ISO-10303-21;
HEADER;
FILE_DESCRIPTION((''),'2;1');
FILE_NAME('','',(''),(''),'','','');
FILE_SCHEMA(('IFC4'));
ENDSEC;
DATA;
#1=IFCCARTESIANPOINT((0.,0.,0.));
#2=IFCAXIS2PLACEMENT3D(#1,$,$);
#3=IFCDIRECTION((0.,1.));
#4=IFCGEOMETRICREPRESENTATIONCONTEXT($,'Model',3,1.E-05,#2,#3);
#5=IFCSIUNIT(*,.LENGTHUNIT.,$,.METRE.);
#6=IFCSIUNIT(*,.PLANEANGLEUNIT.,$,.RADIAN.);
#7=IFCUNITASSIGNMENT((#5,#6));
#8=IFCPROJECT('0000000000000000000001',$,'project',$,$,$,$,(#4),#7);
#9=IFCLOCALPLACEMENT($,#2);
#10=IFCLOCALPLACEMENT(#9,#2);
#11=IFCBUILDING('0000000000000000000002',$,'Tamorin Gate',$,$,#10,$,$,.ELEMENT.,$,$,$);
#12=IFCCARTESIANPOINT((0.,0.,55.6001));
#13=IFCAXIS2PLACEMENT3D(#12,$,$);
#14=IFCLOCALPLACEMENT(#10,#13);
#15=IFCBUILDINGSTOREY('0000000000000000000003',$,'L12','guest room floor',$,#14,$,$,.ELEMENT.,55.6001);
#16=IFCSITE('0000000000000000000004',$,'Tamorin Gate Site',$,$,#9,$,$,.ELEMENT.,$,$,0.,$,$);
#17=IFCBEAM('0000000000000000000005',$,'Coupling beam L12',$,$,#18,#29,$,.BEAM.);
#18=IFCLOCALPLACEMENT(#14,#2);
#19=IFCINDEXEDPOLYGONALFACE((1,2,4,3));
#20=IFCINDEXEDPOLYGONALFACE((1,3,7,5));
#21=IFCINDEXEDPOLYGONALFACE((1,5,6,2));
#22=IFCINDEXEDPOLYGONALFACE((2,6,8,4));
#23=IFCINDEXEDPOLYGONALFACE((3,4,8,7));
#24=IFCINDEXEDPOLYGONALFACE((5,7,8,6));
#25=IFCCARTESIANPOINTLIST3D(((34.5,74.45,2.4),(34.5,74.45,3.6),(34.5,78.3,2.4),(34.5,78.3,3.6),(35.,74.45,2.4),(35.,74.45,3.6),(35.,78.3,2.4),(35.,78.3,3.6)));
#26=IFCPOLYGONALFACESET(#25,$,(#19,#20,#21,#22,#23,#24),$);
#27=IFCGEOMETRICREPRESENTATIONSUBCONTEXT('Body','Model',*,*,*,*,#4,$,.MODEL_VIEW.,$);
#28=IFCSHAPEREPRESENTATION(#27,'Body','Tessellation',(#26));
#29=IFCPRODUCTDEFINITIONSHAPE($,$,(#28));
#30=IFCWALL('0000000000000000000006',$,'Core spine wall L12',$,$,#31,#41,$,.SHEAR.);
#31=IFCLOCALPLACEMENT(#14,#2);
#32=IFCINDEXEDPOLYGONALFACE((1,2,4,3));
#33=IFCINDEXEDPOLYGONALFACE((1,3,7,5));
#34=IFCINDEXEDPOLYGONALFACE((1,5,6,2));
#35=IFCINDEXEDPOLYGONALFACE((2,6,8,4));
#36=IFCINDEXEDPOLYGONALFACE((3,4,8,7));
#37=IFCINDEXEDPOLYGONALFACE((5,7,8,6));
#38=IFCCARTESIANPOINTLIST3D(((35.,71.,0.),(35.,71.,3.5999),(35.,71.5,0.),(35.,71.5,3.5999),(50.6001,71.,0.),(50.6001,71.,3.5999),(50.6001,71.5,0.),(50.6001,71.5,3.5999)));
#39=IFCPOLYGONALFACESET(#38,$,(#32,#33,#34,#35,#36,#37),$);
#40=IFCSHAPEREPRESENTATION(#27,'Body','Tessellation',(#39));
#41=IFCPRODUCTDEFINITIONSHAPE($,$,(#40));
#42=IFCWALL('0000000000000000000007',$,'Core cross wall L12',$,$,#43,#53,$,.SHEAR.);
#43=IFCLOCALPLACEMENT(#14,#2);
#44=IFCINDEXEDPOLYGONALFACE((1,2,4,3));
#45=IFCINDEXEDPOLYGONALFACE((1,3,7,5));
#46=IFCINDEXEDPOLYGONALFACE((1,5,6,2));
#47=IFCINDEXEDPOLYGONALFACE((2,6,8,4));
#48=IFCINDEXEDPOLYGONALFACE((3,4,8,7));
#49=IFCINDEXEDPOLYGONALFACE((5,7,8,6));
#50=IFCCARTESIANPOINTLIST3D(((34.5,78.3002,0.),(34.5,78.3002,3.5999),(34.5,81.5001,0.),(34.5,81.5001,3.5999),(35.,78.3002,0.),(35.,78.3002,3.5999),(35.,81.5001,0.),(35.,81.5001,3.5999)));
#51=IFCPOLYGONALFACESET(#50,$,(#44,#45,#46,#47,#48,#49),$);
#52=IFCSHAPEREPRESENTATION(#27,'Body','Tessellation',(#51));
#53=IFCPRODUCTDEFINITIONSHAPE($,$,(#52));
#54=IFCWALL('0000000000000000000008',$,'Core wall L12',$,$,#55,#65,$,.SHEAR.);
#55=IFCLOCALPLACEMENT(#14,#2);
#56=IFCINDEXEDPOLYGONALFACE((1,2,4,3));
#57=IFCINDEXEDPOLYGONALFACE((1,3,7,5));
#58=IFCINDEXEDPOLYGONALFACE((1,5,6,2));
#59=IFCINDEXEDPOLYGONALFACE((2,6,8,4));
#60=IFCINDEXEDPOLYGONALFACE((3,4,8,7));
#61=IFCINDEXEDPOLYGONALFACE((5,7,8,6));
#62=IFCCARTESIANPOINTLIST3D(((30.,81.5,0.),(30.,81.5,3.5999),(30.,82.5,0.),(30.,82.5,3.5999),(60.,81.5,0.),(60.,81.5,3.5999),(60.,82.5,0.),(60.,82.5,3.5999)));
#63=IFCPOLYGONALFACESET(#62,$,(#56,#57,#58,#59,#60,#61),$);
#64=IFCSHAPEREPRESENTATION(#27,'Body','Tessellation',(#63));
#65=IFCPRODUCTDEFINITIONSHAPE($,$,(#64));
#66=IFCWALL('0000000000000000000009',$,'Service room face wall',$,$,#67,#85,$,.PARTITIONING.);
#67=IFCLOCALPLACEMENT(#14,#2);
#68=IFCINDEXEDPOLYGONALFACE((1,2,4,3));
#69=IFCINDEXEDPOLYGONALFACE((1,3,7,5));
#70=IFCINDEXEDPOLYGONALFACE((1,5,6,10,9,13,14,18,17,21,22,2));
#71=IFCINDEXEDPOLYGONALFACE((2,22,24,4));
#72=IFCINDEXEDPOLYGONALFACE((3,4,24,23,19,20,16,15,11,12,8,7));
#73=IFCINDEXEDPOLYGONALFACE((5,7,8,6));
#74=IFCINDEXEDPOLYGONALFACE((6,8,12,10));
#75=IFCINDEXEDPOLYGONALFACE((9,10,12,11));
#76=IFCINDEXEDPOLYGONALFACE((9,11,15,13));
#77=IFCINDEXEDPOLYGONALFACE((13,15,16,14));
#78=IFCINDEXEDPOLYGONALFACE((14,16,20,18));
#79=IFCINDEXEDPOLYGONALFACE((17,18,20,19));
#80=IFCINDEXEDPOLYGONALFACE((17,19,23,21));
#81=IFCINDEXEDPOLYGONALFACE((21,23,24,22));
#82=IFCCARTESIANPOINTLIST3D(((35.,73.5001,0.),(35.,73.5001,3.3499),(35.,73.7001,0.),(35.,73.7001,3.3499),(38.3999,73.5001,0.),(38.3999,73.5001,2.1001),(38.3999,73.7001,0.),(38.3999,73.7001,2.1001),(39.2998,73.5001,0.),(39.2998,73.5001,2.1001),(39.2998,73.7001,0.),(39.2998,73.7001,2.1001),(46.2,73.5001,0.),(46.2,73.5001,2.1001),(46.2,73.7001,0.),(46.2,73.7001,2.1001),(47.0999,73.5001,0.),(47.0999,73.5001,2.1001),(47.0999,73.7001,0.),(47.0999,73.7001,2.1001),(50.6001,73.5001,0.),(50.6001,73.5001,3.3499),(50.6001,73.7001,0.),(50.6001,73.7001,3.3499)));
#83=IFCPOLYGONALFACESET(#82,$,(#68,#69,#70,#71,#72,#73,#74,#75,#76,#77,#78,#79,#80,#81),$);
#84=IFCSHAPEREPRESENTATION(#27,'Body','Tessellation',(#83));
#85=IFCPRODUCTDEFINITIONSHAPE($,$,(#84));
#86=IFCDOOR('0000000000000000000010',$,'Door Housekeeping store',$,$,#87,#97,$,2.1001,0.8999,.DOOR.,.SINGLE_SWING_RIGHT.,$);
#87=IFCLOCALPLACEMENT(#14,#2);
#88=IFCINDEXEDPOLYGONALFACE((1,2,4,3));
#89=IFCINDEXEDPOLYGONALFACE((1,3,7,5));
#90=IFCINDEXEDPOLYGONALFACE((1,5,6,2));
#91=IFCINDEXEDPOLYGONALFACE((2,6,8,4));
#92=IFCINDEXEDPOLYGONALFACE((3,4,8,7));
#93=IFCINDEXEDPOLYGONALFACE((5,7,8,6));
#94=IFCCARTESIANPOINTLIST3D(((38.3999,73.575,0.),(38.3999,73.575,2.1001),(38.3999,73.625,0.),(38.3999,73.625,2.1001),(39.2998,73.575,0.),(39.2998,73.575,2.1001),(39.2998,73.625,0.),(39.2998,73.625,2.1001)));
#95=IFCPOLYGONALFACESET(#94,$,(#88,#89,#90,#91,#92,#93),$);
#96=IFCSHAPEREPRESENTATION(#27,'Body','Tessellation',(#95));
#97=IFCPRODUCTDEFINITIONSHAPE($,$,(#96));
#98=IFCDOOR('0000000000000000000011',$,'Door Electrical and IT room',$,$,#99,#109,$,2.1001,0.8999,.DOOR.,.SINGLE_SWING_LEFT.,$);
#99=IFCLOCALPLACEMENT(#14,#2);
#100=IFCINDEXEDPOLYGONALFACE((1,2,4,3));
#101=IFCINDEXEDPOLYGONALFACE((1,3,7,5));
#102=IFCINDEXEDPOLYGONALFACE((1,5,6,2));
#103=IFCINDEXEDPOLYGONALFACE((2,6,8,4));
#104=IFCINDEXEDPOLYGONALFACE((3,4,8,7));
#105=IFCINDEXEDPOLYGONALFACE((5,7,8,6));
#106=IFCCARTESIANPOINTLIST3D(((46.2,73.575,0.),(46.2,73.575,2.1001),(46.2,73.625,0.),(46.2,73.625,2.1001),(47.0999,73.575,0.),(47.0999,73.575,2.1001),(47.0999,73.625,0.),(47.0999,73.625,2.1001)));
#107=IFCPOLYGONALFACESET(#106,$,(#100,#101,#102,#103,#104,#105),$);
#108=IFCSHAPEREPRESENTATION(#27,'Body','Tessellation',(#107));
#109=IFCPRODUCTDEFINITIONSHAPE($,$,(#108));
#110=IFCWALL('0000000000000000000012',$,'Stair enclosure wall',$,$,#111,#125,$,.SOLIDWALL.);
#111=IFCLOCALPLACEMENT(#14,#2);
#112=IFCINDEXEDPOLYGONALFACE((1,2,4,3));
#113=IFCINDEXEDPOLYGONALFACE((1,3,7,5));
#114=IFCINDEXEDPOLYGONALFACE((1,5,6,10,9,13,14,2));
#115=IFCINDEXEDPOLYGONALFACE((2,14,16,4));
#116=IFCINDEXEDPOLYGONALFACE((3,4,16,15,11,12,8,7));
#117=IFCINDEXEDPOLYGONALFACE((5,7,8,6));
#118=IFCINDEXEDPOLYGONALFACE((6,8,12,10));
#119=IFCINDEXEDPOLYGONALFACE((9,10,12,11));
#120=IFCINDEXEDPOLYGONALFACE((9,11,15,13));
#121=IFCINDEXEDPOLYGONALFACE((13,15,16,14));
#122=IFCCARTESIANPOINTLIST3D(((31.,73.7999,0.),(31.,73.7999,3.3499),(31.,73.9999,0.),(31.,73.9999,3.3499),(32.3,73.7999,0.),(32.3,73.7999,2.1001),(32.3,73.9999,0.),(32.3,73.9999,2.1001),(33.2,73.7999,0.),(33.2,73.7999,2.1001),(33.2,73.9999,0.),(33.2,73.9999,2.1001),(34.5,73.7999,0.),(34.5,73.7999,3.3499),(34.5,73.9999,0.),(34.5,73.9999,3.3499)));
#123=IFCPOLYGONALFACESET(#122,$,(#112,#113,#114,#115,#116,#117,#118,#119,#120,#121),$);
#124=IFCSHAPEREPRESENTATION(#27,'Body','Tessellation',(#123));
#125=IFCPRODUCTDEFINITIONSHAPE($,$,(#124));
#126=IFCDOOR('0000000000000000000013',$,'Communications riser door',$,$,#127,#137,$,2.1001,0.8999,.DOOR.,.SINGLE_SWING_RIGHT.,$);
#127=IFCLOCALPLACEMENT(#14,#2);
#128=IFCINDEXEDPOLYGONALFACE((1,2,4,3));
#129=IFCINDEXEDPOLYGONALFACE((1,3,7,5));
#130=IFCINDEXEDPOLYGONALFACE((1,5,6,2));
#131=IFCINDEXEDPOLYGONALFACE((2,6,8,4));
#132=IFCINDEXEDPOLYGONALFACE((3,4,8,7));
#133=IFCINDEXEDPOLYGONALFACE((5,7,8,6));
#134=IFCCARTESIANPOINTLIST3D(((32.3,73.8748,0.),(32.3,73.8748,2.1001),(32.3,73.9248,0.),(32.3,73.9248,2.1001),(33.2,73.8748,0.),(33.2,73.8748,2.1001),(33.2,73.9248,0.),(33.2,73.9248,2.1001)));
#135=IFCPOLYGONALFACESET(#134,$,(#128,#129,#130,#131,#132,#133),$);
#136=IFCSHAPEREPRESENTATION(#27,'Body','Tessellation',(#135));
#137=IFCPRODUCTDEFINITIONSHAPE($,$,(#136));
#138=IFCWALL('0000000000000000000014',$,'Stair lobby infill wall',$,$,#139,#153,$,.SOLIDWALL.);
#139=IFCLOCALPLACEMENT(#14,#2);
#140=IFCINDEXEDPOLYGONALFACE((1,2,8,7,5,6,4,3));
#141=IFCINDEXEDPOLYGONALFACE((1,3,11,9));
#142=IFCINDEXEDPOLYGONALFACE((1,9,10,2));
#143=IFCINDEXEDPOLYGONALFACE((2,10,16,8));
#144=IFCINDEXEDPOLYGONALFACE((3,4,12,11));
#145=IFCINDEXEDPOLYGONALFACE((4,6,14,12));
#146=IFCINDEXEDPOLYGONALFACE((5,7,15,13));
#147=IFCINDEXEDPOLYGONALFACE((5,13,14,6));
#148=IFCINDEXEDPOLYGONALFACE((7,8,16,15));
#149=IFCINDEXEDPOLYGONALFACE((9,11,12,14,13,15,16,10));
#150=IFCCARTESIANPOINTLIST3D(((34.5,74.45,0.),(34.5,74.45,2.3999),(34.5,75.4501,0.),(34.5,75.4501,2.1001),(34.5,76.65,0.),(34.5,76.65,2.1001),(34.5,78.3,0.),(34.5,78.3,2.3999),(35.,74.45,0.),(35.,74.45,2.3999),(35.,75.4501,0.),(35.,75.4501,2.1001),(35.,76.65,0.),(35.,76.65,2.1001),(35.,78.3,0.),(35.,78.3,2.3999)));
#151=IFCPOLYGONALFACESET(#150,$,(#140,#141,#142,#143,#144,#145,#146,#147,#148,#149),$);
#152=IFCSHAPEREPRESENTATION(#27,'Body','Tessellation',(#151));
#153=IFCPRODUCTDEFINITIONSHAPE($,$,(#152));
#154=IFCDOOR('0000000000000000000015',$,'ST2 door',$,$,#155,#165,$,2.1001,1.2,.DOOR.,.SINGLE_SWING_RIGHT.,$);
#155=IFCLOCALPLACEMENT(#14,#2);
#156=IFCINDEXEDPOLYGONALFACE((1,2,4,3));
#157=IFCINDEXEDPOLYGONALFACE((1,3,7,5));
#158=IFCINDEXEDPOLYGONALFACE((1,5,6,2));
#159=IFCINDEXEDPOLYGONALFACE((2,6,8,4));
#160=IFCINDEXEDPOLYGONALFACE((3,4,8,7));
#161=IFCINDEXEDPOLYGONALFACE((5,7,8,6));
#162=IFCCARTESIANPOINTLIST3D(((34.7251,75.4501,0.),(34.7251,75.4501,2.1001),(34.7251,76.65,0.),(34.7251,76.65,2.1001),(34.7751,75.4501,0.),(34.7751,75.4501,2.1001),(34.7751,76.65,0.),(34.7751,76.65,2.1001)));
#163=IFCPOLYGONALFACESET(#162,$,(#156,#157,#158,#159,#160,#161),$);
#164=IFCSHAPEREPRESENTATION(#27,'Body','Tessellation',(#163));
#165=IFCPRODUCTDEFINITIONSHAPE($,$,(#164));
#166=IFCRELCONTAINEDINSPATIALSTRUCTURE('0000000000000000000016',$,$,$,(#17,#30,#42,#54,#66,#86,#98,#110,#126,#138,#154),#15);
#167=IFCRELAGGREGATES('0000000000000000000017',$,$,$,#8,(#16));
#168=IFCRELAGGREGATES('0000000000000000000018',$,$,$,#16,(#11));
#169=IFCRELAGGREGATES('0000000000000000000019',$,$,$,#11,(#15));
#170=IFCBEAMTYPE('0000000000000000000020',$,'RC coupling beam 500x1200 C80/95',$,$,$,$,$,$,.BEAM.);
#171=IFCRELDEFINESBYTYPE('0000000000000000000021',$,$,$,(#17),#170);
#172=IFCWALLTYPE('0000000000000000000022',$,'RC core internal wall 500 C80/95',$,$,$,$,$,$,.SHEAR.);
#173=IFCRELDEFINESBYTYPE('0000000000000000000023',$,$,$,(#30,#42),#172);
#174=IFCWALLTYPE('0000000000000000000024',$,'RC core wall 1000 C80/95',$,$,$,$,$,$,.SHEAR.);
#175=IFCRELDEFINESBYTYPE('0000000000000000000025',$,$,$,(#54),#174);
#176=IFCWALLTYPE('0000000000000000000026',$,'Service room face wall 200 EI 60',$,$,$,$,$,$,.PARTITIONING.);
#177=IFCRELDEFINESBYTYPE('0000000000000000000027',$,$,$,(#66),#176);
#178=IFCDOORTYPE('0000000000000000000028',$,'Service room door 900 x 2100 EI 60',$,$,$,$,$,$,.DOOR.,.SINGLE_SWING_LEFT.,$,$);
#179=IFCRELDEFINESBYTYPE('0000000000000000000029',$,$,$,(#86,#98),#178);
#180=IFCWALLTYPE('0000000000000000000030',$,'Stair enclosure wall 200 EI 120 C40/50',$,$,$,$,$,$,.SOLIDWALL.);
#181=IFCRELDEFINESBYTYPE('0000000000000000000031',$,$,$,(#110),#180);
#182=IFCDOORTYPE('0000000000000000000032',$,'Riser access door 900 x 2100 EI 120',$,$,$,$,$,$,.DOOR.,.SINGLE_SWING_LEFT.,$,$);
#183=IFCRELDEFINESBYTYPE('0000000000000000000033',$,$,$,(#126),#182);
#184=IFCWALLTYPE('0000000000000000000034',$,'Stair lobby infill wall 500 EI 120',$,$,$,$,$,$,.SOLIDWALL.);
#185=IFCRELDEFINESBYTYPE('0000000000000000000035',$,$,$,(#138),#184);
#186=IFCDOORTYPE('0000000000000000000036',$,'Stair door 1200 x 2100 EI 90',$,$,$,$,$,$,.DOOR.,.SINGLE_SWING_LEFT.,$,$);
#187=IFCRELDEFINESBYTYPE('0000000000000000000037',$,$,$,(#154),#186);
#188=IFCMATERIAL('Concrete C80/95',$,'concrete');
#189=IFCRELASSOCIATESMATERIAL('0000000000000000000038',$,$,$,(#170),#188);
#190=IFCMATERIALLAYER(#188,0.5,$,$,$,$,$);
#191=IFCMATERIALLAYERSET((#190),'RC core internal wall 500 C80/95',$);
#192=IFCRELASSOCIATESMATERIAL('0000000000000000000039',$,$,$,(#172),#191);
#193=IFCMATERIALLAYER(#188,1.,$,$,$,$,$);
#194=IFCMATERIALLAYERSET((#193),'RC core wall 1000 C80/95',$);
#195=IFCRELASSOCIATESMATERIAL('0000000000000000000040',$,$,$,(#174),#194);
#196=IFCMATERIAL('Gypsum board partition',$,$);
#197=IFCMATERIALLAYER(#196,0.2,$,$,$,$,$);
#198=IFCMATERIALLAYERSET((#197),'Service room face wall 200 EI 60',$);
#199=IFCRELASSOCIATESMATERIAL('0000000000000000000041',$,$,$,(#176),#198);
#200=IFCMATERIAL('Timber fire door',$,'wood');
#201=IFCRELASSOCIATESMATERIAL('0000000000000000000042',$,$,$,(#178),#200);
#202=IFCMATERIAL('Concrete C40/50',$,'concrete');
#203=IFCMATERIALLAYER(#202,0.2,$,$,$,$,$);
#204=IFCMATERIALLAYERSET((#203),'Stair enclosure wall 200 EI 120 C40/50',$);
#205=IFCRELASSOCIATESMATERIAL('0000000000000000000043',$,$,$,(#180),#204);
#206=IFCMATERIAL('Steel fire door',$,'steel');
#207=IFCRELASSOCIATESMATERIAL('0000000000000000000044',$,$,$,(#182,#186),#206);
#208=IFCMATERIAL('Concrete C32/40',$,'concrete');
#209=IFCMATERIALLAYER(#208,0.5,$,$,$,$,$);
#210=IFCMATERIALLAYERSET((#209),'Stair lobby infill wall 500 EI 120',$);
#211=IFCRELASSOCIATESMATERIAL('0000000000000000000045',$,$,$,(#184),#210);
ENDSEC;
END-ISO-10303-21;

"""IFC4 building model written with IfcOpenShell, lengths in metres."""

from ifc_helpers import new_model, si_unit, direction, frame, frame_2d, origin, origin_2d, place, context, subcontext, project, spatial, rectangle, extrude, material, layer, layer_set, material_profile, profile_set, type_object, element, fill, save


model = new_model("IFC4")

# Units and contexts
model_context = context("Model", 3, precision=1e-05, world=origin(), true_north=direction((0.0, 1.0)))
body_context = subcontext(model_context, "Body", "Model", "MODEL_VIEW")
ifc_project = project(units=[si_unit("LENGTHUNIT", "METRE"), si_unit("PLANEANGLEUNIT", "RADIAN")], contexts=[model_context])

# Site, building, storey
site_placement = place(None, origin())
site = spatial("IfcSite", under=ifc_project, at=site_placement, Name="Tamorin Gate Site", CompositionType="ELEMENT", RefElevation=0.0)
building_placement = place(site_placement, origin())
building = spatial("IfcBuilding", under=site, at=building_placement, Name="Tamorin Gate", CompositionType="ELEMENT")
storey_placement = place(building_placement, frame((0.0, 0.0, 55.6001)))
storey = spatial("IfcBuildingStorey", under=building, at=storey_placement, Name="L12", Description="guest room floor", CompositionType="ELEMENT", Elevation=55.6001)

# Beam
ifc_material_1 = material(Name="Concrete C80/95", Category="concrete")
ifc_material_profile = material_profile(ifc_material_1, rectangle(XDim=0.5, YDim=1.2, at=origin_2d()), Name="RC 500x1200")
ifc_profile_set = profile_set([ifc_material_profile], Name="Concrete C80/95")
beam_type = type_object("IfcBeamType", Name="RC coupling beam 500x1200 C80/95", PredefinedType="BEAM", material=ifc_profile_set)
beam_placement = place(storey_placement, frame((34.75, 74.45, 3.0), z_axis=(0.0, 1.0, 0.0), x_axis=(-1.0, 0.0, 0.0)))
element("IfcBeam", 1, at=beam_placement, inside=storey, type_object=beam_type, Name="Coupling beam L12", PredefinedType="BEAM", context=body_context, shape_type="SweptSolid", body=[
    extrude(rectangle(XDim=0.5, YDim=1.2, at=origin_2d()), origin(), (0.0, 0.0, 1.0), 3.8501),
])

# Walls
ifc_layer_1 = layer(ifc_material_1, 0.5)
ifc_layer_set_1 = layer_set([ifc_layer_1], Name="RC core internal wall 500 C80/95")
wall_type_1 = type_object("IfcWallType", Name="RC core internal wall 500 C80/95", PredefinedType="SHEAR", material=ifc_layer_set_1)
wall_1_placement = place(storey_placement, frame((35.0, 71.25, 0.0), z_axis=(0.0, 0.0, 1.0), x_axis=(1.0, 0.0, 0.0)))
element("IfcWall", 2, at=wall_1_placement, inside=storey, type_object=wall_type_1, Name="Core spine wall L12", PredefinedType="SHEAR", context=body_context, shape_type="SweptSolid", body=[
    extrude(rectangle(XDim=15.6001, YDim=0.5, at=frame_2d((7.8, 0.0))), origin(), (0.0, 0.0, 1.0), 3.5999),
])
wall_2_placement = place(storey_placement, frame((34.75, 78.3, 0.0), z_axis=(0.0, 0.0, 1.0), x_axis=(0.0, 1.0, 0.0)))
element("IfcWall", 3, at=wall_2_placement, inside=storey, type_object=wall_type_1, Name="Core cross wall L12", PredefinedType="SHEAR", context=body_context, shape_type="SweptSolid", body=[
    extrude(rectangle(XDim=3.2, YDim=0.5, at=frame_2d((1.6001, 0.0))), origin(), (0.0, 0.0, 1.0), 3.5999),
])
ifc_layer_2 = layer(ifc_material_1, 1.0)
ifc_layer_set_2 = layer_set([ifc_layer_2], Name="RC core wall 1000 C80/95")
wall_type_2 = type_object("IfcWallType", Name="RC core wall 1000 C80/95", PredefinedType="SHEAR", material=ifc_layer_set_2)
wall_3_placement = place(storey_placement, frame((30.0, 82.0, 0.0), z_axis=(0.0, 0.0, 1.0), x_axis=(1.0, 0.0, 0.0)))
element("IfcWall", 4, at=wall_3_placement, inside=storey, type_object=wall_type_2, Name="Core wall L12", PredefinedType="SHEAR", context=body_context, shape_type="SweptSolid", body=[
    extrude(rectangle(XDim=30.0, YDim=1.0, at=frame_2d((15.0, 0.0))), origin(), (0.0, 0.0, 1.0), 3.5999),
])

# Wall, openings, doors
ifc_material_2 = material(Name="Gypsum board partition")
ifc_layer_3 = layer(ifc_material_2, 0.2)
ifc_layer_set_3 = layer_set([ifc_layer_3], Name="Service room face wall 200 EI 60")
wall_type_3 = type_object("IfcWallType", Name="Service room face wall 200 EI 60", PredefinedType="PARTITIONING", material=ifc_layer_set_3)
wall_4_placement = place(storey_placement, frame((35.0, 73.6001, 0.0), z_axis=(0.0, 0.0, 1.0), x_axis=(1.0, 0.0, 0.0)))
wall_4 = element("IfcWall", 5, at=wall_4_placement, inside=storey, type_object=wall_type_3, Name="Service room face wall", PredefinedType="PARTITIONING", context=body_context, shape_type="SweptSolid", body=[
    extrude(rectangle(XDim=15.6001, YDim=0.2, at=frame_2d((7.8, 0.0))), origin(), (0.0, 0.0, 1.0), 3.3499),
])
opening_1_placement = place(wall_4_placement, frame((3.3999, 0.0, 0.0)))
opening_1 = element("IfcOpeningElement", 6, at=opening_1_placement, cuts=wall_4, PredefinedType="OPENING", context=body_context, shape_type="SweptSolid", body=[
    extrude(rectangle(XDim=0.8999, YDim=2.1001, at=frame_2d((0.45, 1.05))), frame((0.0, 0.1099, 0.0), z_axis=(0.0, -1.0, 0.0), x_axis=(1.0, 0.0, 0.0)), (0.0, 0.0, 1.0), 0.22),
])
opening_2_placement = place(wall_4_placement, frame((11.2, 0.0, 0.0)))
opening_2 = element("IfcOpeningElement", 7, at=opening_2_placement, cuts=wall_4, PredefinedType="OPENING", context=body_context, shape_type="SweptSolid", body=[
    extrude(rectangle(XDim=0.8999, YDim=2.1001, at=frame_2d((0.45, 1.05))), frame((0.0, 0.1099, 0.0), z_axis=(0.0, -1.0, 0.0), x_axis=(1.0, 0.0, 0.0)), (0.0, 0.0, 1.0), 0.22),
])
ifc_material_3 = material(Name="Timber fire door", Category="wood")
door_type_1 = type_object("IfcDoorType", Name="Service room door 900 x 2100 EI 60", OperationType="SINGLE_SWING_LEFT", PredefinedType="DOOR", material=ifc_material_3)
door_1_placement = place(opening_1_placement, origin())
door_1 = element("IfcDoor", 8, at=door_1_placement, inside=storey, type_object=door_type_1, Name="Door Housekeeping store", OperationType="SINGLE_SWING_RIGHT", OverallHeight=2.1001, OverallWidth=0.8999, PredefinedType="DOOR", context=body_context, shape_type="SweptSolid", body=[
    extrude(rectangle(XDim=0.8999, YDim=2.1001, at=frame_2d((0.45, 1.05))), frame((0.0, 0.0249, 0.0), z_axis=(0.0, -1.0, 0.0), x_axis=(1.0, 0.0, 0.0)), (0.0, 0.0, 1.0), 0.05),
])
fill(opening_1, door_1)
door_2_placement = place(opening_2_placement, origin())
door_2 = element("IfcDoor", 9, at=door_2_placement, inside=storey, type_object=door_type_1, Name="Door Electrical and IT room", OperationType="SINGLE_SWING_LEFT", OverallHeight=2.1001, OverallWidth=0.8999, PredefinedType="DOOR", context=body_context, shape_type="SweptSolid", body=[
    extrude(rectangle(XDim=0.8999, YDim=2.1001, at=frame_2d((0.45, 1.05))), frame((0.0, 0.0249, 0.0), z_axis=(0.0, -1.0, 0.0), x_axis=(1.0, 0.0, 0.0)), (0.0, 0.0, 1.0), 0.05),
])
fill(opening_2, door_2)

# Walls, openings, doors
ifc_material_4 = material(Name="Concrete C40/50", Category="concrete")
ifc_layer_4 = layer(ifc_material_4, 0.2)
ifc_layer_set_4 = layer_set([ifc_layer_4], Name="Stair enclosure wall 200 EI 120 C40/50")
wall_type_4 = type_object("IfcWallType", Name="Stair enclosure wall 200 EI 120 C40/50", PredefinedType="SOLIDWALL", material=ifc_layer_set_4)
wall_5_placement = place(storey_placement, frame((31.0, 73.8999, 0.0), z_axis=(0.0, 0.0, 1.0), x_axis=(1.0, 0.0, 0.0)))
wall_5 = element("IfcWall", 10, at=wall_5_placement, inside=storey, type_object=wall_type_4, Name="Stair enclosure wall", PredefinedType="SOLIDWALL", context=body_context, shape_type="SweptSolid", body=[
    extrude(rectangle(XDim=3.5, YDim=0.2, at=frame_2d((1.75, 0.0))), origin(), (0.0, 0.0, 1.0), 3.3499),
])
opening_3_placement = place(wall_5_placement, frame((1.3, 0.0, 0.0)))
opening_3 = element("IfcOpeningElement", 11, at=opening_3_placement, cuts=wall_5, PredefinedType="OPENING", context=body_context, shape_type="SweptSolid", body=[
    extrude(rectangle(XDim=0.8999, YDim=2.1001, at=frame_2d((0.45, 1.05))), frame((0.0, 0.1099, 0.0), z_axis=(0.0, -1.0, 0.0), x_axis=(1.0, 0.0, 0.0)), (0.0, 0.0, 1.0), 0.22),
])
ifc_material_5 = material(Name="Steel fire door", Category="steel")
door_type_2 = type_object("IfcDoorType", Name="Riser access door 900 x 2100 EI 120", OperationType="SINGLE_SWING_LEFT", PredefinedType="DOOR", material=ifc_material_5)
door_3_placement = place(opening_3_placement, origin())
door_3 = element("IfcDoor", 12, at=door_3_placement, inside=storey, type_object=door_type_2, Name="Communications riser door", OperationType="SINGLE_SWING_RIGHT", OverallHeight=2.1001, OverallWidth=0.8999, PredefinedType="DOOR", context=body_context, shape_type="SweptSolid", body=[
    extrude(rectangle(XDim=0.8999, YDim=2.1001, at=frame_2d((0.45, 1.05))), frame((0.0, 0.0249, 0.0), z_axis=(0.0, -1.0, 0.0), x_axis=(1.0, 0.0, 0.0)), (0.0, 0.0, 1.0), 0.05),
])
fill(opening_3, door_3)
ifc_material_6 = material(Name="Concrete C32/40", Category="concrete")
ifc_layer_5 = layer(ifc_material_6, 0.5)
ifc_layer_set_5 = layer_set([ifc_layer_5], Name="Stair lobby infill wall 500 EI 120")
wall_type_5 = type_object("IfcWallType", Name="Stair lobby infill wall 500 EI 120", PredefinedType="SOLIDWALL", material=ifc_layer_set_5)
wall_6_placement = place(storey_placement, frame((34.75, 74.45, 0.0), z_axis=(0.0, 0.0, 1.0), x_axis=(0.0, 1.0, 0.0)))
wall_6 = element("IfcWall", 13, at=wall_6_placement, inside=storey, type_object=wall_type_5, Name="Stair lobby infill wall", PredefinedType="SOLIDWALL", context=body_context, shape_type="SweptSolid", body=[
    extrude(rectangle(XDim=3.8501, YDim=0.5, at=frame_2d((1.925, 0.0))), origin(), (0.0, 0.0, 1.0), 2.3999),
])
opening_4_placement = place(wall_6_placement, frame((1.0, 0.0, 0.0)))
opening_4 = element("IfcOpeningElement", 14, at=opening_4_placement, cuts=wall_6, PredefinedType="OPENING", context=body_context, shape_type="SweptSolid", body=[
    extrude(rectangle(XDim=1.2, YDim=2.1001, at=frame_2d((0.6001, 1.05))), frame((0.0, 0.26, 0.0), z_axis=(0.0, -1.0, 0.0), x_axis=(1.0, 0.0, 0.0)), (0.0, 0.0, 1.0), 0.52),
])
door_type_3 = type_object("IfcDoorType", Name="Stair door 1200 x 2100 EI 90", OperationType="SINGLE_SWING_LEFT", PredefinedType="DOOR", material=ifc_material_5)
door_4_placement = place(opening_4_placement, origin())
door_4 = element("IfcDoor", 15, at=door_4_placement, inside=storey, type_object=door_type_3, Name="ST2 door", OperationType="SINGLE_SWING_RIGHT", OverallHeight=2.1001, OverallWidth=1.2, PredefinedType="DOOR", context=body_context, shape_type="SweptSolid", body=[
    extrude(rectangle(XDim=1.2, YDim=2.1001, at=frame_2d((0.6001, 1.05))), frame((0.0, 0.0249, 0.0), z_axis=(0.0, -1.0, 0.0), x_axis=(1.0, 0.0, 0.0)), (0.0, 0.0, 1.0), 0.05),
])
fill(opening_4, door_4)

save(model, "model.ifc")
